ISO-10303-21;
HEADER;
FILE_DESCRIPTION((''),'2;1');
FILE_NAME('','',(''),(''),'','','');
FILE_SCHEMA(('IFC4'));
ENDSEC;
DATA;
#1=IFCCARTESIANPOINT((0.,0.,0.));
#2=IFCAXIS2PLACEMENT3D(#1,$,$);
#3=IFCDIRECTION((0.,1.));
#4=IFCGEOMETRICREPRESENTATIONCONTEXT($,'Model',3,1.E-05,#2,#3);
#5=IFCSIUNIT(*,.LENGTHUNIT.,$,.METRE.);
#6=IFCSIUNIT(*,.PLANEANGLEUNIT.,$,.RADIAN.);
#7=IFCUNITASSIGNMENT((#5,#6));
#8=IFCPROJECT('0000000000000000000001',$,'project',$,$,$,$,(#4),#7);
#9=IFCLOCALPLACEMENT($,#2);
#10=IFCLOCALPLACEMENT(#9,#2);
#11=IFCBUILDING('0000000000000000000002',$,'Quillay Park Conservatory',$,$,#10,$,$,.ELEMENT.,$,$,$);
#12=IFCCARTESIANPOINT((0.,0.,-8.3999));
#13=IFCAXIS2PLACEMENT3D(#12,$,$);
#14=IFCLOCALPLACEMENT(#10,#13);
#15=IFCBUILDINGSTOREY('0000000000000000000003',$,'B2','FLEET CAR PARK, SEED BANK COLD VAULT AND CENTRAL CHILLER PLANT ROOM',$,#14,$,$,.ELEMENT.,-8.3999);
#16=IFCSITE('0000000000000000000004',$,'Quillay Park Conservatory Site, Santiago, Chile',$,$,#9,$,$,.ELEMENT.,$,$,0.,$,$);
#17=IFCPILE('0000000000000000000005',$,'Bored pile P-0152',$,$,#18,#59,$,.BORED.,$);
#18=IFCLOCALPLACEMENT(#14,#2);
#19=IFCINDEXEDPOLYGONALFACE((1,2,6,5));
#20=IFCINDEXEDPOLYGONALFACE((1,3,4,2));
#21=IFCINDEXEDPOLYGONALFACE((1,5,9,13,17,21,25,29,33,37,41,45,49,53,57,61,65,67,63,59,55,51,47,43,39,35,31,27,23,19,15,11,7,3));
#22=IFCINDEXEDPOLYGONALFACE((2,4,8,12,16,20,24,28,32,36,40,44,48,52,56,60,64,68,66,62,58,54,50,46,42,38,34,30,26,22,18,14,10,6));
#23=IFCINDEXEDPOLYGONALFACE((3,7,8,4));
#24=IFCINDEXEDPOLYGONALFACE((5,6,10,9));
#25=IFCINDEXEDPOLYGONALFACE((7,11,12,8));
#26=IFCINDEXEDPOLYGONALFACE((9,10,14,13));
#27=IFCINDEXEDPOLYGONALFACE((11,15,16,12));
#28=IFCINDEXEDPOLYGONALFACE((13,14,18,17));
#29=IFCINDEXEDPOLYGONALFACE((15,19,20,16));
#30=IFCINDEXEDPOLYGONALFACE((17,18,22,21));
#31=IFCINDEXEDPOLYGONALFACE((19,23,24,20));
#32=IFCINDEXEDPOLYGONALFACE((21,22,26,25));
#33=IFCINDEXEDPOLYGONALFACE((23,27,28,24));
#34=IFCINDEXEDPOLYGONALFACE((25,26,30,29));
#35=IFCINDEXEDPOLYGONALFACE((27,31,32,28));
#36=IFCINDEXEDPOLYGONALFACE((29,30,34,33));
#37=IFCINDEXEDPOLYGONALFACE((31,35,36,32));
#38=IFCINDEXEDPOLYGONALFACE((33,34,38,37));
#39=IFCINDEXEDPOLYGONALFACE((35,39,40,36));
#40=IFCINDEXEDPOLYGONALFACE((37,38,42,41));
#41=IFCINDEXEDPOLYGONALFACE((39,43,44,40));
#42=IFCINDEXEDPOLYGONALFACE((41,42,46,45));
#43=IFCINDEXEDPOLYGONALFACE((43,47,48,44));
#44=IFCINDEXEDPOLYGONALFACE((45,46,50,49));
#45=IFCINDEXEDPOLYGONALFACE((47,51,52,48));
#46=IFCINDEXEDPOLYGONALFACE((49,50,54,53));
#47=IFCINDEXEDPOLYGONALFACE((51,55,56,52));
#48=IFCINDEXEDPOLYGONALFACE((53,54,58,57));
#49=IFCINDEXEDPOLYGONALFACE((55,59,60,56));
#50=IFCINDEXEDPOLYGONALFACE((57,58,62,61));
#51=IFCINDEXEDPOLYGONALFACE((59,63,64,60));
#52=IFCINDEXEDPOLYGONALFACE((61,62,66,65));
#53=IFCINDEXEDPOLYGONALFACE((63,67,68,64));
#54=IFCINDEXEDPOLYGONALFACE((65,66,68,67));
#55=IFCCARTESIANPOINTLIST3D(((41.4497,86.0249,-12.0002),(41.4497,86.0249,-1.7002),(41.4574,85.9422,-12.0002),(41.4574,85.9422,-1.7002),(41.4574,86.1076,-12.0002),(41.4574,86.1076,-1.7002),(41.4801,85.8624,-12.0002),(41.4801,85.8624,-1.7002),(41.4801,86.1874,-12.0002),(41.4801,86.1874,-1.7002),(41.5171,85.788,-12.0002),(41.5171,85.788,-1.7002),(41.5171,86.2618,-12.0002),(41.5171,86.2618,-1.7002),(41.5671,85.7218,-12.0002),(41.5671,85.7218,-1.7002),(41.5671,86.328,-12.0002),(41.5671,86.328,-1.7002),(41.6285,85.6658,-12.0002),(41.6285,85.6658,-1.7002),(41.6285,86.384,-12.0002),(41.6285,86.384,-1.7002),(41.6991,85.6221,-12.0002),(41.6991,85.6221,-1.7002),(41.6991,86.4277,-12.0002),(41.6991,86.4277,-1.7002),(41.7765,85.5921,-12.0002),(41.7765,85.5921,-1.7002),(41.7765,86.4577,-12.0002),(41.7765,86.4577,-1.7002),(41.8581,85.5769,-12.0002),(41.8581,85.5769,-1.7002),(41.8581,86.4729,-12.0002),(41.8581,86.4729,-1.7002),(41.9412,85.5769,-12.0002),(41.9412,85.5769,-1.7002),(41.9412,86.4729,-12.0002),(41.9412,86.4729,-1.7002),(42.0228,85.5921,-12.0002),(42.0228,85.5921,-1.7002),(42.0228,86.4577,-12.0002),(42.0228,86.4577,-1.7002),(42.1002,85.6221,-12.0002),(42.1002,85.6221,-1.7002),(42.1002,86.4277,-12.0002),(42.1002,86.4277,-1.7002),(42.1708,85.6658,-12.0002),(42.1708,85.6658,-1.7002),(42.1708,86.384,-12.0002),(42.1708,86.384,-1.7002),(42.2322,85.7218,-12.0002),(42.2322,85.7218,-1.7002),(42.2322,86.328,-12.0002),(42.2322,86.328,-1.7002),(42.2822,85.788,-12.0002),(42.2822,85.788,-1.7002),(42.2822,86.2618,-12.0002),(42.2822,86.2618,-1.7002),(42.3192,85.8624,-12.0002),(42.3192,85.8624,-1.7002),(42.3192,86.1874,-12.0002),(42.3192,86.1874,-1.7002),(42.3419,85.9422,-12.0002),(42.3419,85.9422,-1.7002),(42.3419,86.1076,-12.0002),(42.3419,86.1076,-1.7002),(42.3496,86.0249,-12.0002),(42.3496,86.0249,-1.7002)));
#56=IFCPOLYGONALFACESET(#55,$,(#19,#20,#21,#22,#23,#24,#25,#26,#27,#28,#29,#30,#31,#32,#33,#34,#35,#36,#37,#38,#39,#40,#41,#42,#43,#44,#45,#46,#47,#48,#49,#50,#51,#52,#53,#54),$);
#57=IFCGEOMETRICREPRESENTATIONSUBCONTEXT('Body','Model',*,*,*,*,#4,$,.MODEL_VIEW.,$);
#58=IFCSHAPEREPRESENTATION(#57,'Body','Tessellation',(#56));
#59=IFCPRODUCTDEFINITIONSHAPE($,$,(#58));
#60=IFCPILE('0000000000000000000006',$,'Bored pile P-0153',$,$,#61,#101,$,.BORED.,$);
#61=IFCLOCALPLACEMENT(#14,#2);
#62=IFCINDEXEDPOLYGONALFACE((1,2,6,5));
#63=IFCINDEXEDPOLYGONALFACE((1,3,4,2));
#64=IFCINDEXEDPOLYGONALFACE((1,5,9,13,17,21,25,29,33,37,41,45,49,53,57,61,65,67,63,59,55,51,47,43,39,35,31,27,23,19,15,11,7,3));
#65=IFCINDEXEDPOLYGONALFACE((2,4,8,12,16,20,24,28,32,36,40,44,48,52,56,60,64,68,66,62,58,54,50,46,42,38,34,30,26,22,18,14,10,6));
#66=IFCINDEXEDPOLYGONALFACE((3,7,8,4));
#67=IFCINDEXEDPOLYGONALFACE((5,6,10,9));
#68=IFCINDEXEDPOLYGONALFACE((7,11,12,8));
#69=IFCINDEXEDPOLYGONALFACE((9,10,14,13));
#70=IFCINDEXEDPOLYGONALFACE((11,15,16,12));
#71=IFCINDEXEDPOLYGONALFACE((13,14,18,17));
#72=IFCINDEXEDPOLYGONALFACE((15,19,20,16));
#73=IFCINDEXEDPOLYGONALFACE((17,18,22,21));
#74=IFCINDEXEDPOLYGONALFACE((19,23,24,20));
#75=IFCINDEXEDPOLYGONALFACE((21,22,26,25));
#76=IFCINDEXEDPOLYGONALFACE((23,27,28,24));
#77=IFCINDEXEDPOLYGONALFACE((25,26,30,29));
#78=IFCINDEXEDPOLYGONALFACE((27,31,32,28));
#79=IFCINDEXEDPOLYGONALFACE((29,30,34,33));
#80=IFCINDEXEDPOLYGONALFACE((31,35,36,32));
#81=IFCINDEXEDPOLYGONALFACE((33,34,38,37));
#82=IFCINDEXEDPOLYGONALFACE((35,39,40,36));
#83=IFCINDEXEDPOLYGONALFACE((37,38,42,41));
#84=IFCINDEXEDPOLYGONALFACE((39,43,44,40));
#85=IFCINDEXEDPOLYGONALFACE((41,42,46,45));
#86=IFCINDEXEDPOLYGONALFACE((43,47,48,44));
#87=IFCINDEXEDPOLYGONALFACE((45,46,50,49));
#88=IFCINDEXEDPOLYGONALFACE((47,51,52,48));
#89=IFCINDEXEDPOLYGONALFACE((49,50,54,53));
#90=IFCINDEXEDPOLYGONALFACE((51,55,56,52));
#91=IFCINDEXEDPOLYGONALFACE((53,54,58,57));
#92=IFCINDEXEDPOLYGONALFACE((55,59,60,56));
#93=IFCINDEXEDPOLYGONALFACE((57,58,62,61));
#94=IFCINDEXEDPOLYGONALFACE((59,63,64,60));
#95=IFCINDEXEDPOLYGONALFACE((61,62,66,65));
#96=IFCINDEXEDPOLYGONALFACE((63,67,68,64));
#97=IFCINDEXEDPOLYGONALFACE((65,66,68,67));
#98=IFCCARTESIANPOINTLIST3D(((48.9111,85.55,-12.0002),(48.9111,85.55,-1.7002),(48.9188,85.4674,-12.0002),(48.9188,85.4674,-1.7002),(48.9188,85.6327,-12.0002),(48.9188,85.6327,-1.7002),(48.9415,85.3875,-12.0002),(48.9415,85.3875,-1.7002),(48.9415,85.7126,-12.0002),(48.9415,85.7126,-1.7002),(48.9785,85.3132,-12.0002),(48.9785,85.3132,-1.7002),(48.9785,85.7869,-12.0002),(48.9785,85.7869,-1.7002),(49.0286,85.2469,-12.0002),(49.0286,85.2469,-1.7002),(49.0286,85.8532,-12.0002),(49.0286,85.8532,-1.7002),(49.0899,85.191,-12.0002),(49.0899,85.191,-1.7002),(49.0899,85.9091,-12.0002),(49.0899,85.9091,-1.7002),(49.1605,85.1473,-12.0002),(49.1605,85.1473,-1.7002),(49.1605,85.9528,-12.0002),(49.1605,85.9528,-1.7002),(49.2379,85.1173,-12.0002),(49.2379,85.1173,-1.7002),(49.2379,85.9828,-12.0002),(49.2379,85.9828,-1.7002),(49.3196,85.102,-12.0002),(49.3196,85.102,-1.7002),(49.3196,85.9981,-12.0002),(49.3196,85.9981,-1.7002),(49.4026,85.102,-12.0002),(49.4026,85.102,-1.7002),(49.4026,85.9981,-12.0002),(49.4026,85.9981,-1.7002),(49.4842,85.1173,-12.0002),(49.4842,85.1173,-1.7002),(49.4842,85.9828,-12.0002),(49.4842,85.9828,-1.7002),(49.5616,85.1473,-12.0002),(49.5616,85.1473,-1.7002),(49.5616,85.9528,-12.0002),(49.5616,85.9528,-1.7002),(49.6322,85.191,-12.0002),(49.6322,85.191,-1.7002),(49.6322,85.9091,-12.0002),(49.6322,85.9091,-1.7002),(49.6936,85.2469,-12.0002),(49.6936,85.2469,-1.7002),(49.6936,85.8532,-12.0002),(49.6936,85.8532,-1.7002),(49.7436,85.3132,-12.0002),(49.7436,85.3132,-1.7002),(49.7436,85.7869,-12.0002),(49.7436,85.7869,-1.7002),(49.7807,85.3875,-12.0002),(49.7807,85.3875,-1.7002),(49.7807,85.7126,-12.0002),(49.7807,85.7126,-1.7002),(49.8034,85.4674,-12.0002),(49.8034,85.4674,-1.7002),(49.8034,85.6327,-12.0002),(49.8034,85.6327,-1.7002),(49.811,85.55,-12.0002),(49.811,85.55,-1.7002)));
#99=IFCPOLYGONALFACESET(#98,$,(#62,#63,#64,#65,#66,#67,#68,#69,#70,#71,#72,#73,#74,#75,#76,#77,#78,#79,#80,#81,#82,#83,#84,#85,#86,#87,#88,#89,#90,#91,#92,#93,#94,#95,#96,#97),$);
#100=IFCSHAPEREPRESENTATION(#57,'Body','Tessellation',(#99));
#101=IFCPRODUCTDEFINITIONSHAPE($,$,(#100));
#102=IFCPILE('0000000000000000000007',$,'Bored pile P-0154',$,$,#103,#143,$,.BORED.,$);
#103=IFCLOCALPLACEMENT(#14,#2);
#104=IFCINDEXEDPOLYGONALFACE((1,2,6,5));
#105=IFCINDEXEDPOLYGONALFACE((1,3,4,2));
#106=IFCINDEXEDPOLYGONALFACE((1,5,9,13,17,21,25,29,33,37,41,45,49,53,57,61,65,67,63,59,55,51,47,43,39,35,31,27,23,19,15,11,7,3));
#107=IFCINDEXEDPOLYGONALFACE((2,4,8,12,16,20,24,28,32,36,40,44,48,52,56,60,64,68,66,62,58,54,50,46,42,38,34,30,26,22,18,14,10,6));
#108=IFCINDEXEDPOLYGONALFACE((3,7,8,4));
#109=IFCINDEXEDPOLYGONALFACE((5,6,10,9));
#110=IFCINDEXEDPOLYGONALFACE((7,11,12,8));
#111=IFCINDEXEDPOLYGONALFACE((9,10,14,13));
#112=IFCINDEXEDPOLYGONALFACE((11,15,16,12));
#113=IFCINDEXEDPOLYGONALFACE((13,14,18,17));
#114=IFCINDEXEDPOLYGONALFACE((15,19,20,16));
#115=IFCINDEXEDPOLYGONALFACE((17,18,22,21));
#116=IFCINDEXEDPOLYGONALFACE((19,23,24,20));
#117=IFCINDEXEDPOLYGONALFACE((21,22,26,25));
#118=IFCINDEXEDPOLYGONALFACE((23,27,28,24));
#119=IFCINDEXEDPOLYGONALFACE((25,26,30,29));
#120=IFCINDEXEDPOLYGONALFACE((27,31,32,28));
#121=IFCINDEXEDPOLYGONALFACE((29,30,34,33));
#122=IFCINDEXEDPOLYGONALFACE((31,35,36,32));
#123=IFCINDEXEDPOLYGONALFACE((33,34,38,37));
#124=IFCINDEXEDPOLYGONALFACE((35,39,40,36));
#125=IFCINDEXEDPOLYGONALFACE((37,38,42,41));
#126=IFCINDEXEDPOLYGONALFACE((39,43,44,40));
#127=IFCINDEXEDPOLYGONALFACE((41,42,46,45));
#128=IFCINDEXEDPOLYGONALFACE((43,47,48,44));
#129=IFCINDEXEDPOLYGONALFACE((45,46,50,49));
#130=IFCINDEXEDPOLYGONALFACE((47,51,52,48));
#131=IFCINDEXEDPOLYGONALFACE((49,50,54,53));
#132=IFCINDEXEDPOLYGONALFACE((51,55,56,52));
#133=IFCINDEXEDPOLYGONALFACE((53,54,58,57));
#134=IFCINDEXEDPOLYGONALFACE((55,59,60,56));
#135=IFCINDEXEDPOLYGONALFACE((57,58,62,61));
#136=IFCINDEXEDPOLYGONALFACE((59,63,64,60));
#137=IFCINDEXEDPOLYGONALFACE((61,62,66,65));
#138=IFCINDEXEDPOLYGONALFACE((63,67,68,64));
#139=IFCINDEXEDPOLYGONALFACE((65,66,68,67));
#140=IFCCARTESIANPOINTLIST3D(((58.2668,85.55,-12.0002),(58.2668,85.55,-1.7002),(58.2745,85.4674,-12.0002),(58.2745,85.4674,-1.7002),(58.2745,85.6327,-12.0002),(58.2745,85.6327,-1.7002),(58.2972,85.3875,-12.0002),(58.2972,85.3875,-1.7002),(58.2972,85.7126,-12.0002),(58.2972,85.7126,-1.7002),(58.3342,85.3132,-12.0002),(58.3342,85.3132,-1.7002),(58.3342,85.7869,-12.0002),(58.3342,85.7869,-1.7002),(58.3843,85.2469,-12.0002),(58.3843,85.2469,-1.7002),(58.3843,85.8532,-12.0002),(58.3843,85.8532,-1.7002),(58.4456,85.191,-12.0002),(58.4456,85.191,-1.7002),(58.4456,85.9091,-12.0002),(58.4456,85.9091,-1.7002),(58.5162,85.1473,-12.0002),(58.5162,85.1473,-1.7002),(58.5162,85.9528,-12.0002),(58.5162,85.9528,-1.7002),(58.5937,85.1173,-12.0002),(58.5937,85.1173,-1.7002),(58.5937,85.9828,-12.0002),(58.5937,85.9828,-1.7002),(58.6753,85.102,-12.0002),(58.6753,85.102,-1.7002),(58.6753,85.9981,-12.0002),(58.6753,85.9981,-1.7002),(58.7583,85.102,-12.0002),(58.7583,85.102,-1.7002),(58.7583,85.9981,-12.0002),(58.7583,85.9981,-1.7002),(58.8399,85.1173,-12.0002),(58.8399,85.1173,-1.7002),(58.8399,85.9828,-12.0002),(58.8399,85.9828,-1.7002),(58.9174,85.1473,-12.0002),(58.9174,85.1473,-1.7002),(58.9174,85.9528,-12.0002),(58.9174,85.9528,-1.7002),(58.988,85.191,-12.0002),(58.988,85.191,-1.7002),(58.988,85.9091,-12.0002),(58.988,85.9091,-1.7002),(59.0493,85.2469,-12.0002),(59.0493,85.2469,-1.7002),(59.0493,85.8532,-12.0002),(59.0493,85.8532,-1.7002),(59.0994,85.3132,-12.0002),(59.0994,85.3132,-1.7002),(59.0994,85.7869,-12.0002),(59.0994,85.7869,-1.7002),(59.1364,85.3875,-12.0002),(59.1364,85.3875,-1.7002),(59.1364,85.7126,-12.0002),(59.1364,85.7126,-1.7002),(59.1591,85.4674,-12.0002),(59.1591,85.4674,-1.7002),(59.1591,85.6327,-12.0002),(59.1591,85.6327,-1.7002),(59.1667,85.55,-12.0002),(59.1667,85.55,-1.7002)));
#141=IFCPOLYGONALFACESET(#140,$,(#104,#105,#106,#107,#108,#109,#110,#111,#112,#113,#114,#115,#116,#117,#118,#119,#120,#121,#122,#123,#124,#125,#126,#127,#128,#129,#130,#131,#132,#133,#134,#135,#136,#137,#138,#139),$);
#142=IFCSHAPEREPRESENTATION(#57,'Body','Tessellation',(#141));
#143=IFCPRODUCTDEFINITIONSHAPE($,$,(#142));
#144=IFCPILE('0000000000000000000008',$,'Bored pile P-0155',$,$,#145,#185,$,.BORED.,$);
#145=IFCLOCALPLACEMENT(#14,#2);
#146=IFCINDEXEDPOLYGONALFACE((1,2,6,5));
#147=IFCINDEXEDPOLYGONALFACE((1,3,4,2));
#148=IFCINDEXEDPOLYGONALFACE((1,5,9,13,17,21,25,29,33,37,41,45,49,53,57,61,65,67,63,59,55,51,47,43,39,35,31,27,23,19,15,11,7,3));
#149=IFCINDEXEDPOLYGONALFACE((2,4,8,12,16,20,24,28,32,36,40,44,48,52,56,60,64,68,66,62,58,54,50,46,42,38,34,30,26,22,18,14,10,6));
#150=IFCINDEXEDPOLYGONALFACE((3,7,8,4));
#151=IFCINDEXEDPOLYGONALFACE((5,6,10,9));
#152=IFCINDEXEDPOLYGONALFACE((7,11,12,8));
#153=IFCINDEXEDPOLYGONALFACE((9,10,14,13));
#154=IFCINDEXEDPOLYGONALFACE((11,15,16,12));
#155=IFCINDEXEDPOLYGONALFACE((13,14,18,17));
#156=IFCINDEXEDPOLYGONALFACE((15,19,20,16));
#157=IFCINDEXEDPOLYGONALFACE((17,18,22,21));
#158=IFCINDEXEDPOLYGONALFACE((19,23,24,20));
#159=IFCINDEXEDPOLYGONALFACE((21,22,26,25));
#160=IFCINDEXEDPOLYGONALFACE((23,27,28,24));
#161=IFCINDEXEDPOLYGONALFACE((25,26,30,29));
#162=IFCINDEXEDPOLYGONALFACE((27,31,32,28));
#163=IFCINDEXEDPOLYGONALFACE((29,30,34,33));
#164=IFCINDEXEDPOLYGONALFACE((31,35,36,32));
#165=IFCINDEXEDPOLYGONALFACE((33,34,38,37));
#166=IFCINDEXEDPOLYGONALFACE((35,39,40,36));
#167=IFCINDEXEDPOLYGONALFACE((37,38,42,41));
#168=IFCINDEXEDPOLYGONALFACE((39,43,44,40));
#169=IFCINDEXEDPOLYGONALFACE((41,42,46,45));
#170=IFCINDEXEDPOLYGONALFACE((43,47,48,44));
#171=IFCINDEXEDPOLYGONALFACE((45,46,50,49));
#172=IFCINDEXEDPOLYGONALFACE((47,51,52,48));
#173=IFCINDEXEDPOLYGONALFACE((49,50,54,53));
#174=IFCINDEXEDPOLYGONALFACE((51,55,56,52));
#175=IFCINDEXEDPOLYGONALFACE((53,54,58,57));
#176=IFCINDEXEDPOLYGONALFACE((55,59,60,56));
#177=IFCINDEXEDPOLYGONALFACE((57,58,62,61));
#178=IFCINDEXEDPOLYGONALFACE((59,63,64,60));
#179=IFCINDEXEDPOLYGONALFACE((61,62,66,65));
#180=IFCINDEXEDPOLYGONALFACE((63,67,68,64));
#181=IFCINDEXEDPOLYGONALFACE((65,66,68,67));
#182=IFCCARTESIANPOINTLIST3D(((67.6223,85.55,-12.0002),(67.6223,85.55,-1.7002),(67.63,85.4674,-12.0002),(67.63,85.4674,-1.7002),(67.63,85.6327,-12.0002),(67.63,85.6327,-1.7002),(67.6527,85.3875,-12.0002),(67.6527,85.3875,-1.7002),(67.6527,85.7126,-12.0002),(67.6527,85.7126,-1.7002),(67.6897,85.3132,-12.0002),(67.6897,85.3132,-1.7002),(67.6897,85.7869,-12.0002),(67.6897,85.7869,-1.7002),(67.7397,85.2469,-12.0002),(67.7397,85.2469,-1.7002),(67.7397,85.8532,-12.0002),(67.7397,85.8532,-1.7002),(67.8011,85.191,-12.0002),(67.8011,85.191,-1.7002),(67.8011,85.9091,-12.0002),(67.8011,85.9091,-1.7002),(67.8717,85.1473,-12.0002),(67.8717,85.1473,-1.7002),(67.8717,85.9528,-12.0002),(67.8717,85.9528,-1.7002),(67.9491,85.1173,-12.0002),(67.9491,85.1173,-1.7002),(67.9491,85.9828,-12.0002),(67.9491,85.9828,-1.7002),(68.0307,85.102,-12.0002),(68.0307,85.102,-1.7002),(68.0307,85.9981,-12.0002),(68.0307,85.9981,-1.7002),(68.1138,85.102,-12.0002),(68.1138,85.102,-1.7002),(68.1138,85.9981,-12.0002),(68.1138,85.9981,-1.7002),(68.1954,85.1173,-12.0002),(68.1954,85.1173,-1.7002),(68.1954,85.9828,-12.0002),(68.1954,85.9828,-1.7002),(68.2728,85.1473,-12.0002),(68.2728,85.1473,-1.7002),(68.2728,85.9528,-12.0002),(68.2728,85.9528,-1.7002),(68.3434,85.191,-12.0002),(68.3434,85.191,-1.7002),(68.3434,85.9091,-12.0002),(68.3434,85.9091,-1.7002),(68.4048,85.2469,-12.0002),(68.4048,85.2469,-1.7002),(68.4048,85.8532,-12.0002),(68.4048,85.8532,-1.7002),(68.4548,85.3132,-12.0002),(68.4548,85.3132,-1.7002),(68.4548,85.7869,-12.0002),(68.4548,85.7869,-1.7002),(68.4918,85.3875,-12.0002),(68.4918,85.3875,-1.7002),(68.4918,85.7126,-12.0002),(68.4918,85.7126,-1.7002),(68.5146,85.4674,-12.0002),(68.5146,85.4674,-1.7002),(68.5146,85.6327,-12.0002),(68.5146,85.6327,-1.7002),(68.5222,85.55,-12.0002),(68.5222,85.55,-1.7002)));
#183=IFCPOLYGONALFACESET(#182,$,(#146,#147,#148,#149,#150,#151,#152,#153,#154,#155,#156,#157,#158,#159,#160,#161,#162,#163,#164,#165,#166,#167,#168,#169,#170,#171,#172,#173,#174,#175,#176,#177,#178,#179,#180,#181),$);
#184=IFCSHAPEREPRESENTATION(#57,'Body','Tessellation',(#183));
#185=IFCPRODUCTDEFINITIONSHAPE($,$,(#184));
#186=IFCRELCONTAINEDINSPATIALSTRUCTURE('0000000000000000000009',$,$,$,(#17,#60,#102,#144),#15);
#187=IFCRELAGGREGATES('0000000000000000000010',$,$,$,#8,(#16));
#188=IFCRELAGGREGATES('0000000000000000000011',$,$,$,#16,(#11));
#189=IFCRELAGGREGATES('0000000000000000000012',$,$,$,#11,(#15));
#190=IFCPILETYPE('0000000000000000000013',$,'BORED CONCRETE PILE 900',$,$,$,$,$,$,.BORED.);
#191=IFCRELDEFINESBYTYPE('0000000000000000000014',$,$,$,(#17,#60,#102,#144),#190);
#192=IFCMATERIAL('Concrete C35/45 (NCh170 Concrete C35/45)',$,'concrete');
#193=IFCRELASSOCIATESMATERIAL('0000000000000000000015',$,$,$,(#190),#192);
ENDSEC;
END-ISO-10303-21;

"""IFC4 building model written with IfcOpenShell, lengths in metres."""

from ifc_helpers import new_model, si_unit, direction, frame, origin, origin_2d, place, context, subcontext, project, spatial, circle, extrude, material, material_profile, profile_set, type_object, element, save


model = new_model("IFC4")

# Units and contexts
model_context = context("Model", 3, precision=1e-05, world=origin(), true_north=direction((0.0, 1.0)))
body_context = subcontext(model_context, "Body", "Model", "MODEL_VIEW")
ifc_project = project(units=[si_unit("LENGTHUNIT", "METRE"), si_unit("PLANEANGLEUNIT", "RADIAN")], contexts=[model_context])

# Site, building, storey
site_placement = place(None, origin())
site = spatial("IfcSite", under=ifc_project, at=site_placement, Name="Quillay Park Conservatory Site, Santiago, Chile", CompositionType="ELEMENT", RefElevation=0.0)
building_placement = place(site_placement, origin())
building = spatial("IfcBuilding", under=site, at=building_placement, Name="Quillay Park Conservatory", CompositionType="ELEMENT")
storey_placement = place(building_placement, frame((0.0, 0.0, -8.3999)))
storey = spatial("IfcBuildingStorey", under=building, at=storey_placement, Name="B2", Description="FLEET CAR PARK, SEED BANK COLD VAULT AND CENTRAL CHILLER PLANT ROOM", CompositionType="ELEMENT", Elevation=-8.3999)

# Piles
ifc_material_1 = material(Name="Concrete C35/45 (NCh170 Concrete C35/45)", Category="concrete")
ifc_material_profile_1 = material_profile(ifc_material_1, circle(Radius=0.45, at=origin_2d()), Name="PILE900")
ifc_profile_set_1 = profile_set([ifc_material_profile_1], Name="Concrete C35/45 (NCh170 Concrete C35/45)")
pile_type = type_object("IfcPileType", Name="BORED CONCRETE PILE 900", PredefinedType="BORED", material=ifc_profile_set_1)
for number, where, z_axis, x_axis, name in (
    (1, (41.8997, 86.0249, -1.7002), (0.0, 0.0, -1.0), (1.0, 0.0, 0.0), "Bored pile P-0152"),
    (2, (49.3611, 85.55, -1.7002), (0.0, 0.0, -1.0), (1.0, 0.0, 0.0), "Bored pile P-0153"),
    (3, (58.7168, 85.55, -1.7002), (0.0, 0.0, -1.0), (1.0, 0.0, 0.0), "Bored pile P-0154"),
    (4, (68.0723, 85.55, -1.7002), (0.0, 0.0, -1.0), (1.0, 0.0, 0.0), "Bored pile P-0155"),
):
    element("IfcPile", number, at=place(storey_placement, frame(where, z_axis=z_axis, x_axis=x_axis)), inside=storey, type_object=pile_type, Name=name, PredefinedType="BORED", context=body_context, shape_type="SweptSolid", body=[
        extrude(circle(Radius=0.45, at=origin_2d()), origin(), (0.0, 0.0, 1.0), 10.3),
    ])

save(model, "model.ifc")
